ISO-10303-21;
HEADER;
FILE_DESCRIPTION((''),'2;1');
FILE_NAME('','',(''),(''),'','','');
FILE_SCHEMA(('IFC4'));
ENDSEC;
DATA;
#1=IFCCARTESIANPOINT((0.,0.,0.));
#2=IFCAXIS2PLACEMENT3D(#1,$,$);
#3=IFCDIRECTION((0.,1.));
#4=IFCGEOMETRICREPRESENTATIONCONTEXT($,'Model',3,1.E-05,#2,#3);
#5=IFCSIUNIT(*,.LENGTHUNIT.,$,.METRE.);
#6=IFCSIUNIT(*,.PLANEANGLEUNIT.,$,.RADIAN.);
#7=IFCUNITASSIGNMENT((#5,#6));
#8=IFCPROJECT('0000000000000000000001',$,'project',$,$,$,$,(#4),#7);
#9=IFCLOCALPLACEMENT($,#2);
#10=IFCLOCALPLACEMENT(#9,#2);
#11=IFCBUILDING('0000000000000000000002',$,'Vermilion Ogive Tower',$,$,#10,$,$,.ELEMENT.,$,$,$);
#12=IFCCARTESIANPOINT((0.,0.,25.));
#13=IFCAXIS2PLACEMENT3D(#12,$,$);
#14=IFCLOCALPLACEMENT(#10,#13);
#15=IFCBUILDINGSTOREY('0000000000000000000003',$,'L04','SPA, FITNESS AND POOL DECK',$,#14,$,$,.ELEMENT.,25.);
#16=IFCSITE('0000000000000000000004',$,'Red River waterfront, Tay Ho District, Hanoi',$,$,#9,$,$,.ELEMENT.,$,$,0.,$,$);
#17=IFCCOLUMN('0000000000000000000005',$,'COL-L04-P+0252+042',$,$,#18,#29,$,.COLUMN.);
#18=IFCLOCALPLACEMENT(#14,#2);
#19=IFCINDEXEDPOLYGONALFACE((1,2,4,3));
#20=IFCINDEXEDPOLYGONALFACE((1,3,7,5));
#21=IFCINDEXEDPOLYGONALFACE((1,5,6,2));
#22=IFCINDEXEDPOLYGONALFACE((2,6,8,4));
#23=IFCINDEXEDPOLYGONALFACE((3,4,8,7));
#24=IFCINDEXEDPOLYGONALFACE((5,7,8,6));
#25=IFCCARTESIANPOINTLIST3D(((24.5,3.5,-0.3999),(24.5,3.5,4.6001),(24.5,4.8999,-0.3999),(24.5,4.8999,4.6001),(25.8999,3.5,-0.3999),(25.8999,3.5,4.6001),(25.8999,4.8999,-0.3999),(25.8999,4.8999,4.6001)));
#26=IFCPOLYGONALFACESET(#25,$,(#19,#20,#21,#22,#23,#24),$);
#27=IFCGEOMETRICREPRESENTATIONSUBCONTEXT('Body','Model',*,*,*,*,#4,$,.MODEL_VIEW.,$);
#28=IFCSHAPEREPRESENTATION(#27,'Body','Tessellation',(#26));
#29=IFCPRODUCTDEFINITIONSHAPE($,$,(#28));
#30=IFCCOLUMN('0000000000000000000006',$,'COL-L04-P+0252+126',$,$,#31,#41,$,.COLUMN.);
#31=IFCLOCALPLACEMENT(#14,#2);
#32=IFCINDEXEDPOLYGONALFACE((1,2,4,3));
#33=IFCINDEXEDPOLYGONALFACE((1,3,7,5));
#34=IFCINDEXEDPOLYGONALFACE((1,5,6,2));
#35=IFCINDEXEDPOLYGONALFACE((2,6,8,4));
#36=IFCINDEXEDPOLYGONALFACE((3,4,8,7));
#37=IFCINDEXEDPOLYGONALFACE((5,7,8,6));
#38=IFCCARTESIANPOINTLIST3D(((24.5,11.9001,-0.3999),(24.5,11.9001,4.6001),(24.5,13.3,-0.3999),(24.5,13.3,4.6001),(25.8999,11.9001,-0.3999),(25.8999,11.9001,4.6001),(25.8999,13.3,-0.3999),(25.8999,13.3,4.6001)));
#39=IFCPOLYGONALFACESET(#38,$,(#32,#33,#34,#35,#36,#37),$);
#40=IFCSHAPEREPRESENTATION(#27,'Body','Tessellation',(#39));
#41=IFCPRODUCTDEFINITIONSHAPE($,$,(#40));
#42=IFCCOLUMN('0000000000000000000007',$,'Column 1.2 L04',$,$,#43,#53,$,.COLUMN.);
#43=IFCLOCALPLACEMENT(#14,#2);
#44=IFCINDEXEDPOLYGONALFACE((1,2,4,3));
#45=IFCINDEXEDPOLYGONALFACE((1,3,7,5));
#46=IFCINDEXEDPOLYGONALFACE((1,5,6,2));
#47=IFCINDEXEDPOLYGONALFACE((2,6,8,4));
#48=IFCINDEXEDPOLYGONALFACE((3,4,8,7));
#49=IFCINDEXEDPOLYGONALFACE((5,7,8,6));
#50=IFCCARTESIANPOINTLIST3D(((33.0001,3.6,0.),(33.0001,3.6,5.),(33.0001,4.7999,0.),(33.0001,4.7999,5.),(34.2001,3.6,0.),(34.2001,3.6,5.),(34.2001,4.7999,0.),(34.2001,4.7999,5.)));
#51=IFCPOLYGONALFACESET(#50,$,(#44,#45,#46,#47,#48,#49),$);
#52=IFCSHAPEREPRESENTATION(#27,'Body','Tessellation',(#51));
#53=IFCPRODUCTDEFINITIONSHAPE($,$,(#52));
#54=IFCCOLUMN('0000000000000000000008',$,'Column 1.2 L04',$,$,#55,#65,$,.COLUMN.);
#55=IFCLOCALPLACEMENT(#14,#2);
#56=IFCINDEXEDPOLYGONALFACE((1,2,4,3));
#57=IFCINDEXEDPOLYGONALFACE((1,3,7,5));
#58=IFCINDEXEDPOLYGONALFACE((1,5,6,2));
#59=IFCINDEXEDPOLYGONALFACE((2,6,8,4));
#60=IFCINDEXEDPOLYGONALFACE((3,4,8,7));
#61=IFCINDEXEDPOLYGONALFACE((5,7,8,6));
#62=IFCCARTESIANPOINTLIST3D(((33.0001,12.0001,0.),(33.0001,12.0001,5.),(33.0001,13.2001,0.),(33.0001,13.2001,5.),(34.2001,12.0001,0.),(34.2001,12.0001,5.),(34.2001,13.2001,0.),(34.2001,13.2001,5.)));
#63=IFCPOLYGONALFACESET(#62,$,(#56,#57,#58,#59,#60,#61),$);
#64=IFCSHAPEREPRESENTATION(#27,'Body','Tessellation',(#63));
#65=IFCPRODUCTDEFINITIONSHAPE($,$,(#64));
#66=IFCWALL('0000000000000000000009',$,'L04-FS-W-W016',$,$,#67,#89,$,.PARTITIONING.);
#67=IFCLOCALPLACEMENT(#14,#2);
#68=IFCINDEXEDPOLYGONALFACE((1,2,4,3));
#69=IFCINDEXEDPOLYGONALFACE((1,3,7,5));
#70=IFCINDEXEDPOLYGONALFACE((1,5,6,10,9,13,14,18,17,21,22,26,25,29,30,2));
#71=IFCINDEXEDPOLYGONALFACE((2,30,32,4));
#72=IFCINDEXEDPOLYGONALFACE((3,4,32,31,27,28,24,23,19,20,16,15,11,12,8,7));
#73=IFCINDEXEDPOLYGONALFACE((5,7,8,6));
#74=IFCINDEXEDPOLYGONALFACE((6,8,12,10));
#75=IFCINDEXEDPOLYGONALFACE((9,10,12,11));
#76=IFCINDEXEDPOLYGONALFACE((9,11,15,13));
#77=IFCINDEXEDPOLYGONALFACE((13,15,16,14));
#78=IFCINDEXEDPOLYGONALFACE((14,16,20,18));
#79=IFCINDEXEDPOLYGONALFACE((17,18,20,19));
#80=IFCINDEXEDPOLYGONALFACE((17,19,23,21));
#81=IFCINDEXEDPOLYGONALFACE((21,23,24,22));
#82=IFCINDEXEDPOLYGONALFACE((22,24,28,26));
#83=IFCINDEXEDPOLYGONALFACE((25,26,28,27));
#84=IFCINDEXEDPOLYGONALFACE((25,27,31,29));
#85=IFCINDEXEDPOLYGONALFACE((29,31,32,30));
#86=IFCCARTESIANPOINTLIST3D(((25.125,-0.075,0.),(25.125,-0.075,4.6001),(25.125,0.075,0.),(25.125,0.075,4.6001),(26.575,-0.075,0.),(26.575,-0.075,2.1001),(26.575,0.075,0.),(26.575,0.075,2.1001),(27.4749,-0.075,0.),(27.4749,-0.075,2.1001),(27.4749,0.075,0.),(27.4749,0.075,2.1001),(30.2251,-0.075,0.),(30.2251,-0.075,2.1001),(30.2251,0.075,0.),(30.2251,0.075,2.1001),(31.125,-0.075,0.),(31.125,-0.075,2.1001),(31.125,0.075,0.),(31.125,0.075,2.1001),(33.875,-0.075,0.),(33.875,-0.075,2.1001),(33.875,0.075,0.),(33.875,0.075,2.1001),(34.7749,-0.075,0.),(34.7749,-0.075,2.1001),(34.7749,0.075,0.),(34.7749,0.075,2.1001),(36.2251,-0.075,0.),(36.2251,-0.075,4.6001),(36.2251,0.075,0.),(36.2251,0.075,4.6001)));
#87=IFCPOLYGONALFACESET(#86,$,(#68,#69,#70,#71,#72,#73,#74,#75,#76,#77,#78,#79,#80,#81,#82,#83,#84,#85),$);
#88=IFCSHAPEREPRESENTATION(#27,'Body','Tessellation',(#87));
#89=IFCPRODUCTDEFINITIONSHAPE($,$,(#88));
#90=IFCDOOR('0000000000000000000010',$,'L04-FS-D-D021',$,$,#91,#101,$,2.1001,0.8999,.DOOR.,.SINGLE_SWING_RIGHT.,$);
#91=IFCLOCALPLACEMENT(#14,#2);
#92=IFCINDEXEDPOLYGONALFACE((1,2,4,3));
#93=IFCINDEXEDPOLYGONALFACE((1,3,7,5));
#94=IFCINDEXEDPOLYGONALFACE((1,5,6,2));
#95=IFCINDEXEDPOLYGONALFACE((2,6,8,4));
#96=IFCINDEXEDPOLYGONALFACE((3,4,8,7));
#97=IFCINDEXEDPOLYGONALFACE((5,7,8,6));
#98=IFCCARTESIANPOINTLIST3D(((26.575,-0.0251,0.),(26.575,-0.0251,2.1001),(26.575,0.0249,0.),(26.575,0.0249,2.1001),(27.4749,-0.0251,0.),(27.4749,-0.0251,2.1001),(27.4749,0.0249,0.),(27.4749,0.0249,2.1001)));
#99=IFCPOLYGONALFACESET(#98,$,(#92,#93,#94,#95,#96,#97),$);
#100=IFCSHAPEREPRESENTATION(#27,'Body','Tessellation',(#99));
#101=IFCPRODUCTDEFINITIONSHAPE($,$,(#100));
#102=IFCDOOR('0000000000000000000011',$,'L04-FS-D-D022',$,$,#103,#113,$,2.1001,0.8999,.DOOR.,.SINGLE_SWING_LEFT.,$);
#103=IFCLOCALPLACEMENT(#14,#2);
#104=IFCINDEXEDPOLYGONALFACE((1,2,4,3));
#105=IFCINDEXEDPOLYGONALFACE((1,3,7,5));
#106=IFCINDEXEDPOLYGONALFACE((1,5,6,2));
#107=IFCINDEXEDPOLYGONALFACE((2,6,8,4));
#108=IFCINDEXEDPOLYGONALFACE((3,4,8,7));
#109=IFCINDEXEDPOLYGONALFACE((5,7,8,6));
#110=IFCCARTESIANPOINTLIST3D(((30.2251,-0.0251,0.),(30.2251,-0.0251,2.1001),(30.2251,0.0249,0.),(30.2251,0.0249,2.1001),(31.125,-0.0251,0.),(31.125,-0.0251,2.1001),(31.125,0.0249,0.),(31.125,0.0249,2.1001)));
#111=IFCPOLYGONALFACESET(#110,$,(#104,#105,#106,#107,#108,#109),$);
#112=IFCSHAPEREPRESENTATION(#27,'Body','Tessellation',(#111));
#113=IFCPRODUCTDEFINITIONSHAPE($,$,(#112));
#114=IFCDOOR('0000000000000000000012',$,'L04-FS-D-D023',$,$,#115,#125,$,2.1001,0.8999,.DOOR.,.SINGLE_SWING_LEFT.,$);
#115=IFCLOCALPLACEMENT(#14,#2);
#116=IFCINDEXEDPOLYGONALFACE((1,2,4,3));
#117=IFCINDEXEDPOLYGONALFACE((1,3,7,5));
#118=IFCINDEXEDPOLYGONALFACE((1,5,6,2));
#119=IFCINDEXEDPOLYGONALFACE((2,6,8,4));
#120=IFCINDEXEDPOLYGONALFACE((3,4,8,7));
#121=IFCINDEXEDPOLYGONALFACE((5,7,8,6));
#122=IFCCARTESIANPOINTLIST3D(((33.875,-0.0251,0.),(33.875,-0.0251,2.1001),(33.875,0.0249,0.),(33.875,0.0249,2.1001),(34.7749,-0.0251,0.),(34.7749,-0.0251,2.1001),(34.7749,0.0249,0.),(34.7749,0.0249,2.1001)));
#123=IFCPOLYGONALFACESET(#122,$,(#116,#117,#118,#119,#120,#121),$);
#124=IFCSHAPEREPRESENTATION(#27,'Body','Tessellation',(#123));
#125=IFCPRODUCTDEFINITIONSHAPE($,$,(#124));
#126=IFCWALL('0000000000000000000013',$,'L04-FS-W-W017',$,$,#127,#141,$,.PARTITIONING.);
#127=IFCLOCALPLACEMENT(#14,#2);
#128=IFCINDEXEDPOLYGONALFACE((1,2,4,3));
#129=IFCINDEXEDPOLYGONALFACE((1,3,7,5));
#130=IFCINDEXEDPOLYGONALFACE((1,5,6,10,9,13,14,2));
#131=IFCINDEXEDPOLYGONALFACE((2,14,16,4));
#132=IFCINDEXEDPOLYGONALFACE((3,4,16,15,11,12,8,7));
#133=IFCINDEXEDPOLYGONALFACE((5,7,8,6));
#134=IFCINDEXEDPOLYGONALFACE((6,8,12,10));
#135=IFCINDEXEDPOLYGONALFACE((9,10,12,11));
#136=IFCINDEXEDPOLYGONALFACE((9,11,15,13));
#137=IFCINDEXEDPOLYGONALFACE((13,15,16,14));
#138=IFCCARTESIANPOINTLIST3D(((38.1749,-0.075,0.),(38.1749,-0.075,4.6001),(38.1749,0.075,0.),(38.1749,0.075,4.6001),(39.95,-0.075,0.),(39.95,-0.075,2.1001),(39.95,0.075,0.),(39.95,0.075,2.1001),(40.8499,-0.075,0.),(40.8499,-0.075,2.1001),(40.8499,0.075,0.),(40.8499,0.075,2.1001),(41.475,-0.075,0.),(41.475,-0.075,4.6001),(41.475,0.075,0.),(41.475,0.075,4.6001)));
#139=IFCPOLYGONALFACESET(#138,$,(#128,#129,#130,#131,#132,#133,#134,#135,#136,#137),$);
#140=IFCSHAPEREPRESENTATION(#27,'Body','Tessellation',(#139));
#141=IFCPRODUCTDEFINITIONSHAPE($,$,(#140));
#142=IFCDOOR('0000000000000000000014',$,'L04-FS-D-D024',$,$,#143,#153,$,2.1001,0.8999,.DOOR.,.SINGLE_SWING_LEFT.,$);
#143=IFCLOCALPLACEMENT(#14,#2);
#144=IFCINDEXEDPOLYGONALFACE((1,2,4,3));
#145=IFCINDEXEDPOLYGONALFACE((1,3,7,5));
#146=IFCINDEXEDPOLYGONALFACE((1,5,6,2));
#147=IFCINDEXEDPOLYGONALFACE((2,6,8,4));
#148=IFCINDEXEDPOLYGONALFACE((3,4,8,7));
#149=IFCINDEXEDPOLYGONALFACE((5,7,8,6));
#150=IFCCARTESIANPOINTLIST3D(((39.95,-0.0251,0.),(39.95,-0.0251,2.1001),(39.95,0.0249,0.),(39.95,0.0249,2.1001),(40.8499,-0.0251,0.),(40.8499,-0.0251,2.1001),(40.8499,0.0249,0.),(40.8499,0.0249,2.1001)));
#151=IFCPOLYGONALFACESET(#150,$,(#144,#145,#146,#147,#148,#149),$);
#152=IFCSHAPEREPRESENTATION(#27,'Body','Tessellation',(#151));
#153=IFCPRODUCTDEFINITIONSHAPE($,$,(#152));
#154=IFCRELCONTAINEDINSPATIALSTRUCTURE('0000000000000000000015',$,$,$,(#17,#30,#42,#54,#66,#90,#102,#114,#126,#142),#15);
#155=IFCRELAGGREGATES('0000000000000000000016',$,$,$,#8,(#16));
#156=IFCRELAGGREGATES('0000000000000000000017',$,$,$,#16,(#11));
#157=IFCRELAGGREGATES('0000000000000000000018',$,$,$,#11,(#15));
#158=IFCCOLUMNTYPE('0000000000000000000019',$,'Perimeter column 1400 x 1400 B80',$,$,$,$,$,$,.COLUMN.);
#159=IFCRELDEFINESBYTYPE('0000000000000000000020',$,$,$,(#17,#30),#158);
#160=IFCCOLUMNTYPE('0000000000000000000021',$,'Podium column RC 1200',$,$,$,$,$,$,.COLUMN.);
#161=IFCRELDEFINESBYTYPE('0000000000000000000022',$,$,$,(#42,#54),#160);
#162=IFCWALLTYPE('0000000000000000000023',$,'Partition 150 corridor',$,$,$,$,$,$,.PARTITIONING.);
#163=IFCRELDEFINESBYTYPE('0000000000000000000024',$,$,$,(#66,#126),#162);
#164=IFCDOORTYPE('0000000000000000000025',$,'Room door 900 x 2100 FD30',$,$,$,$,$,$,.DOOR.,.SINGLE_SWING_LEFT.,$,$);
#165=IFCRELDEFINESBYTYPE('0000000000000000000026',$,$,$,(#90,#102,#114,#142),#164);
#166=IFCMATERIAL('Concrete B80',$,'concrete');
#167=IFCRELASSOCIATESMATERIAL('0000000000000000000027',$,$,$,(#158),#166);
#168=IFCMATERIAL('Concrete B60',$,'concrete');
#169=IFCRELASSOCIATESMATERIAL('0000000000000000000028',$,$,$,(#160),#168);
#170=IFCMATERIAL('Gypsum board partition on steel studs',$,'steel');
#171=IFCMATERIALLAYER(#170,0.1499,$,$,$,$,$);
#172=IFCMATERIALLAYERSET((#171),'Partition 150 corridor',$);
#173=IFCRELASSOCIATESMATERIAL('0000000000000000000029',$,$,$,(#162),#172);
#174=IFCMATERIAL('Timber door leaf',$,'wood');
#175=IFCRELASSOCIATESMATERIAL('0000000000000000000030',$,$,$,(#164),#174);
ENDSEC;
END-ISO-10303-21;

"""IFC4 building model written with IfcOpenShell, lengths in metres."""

from ifc_helpers import new_model, si_unit, direction, frame, frame_2d, origin, origin_2d, place, context, subcontext, project, spatial, rectangle, extrude, material, layer, layer_set, material_profile, profile_set, type_object, element, fill, save


model = new_model("IFC4")

# Units and contexts
model_context = context("Model", 3, precision=1e-05, world=origin(), true_north=direction((0.0, 1.0)))
body_context = subcontext(model_context, "Body", "Model", "MODEL_VIEW")
ifc_project = project(units=[si_unit("LENGTHUNIT", "METRE"), si_unit("PLANEANGLEUNIT", "RADIAN")], contexts=[model_context])

# Site, building, storey
site_placement = place(None, origin())
site = spatial("IfcSite", under=ifc_project, at=site_placement, Name="Red River waterfront, Tay Ho District, Hanoi", CompositionType="ELEMENT", RefElevation=0.0)
building_placement = place(site_placement, origin())
building = spatial("IfcBuilding", under=site, at=building_placement, Name="Vermilion Ogive Tower", CompositionType="ELEMENT")
storey_placement = place(building_placement, frame((0.0, 0.0, 25.0)))
storey = spatial("IfcBuildingStorey", under=building, at=storey_placement, Name="L04", Description="SPA, FITNESS AND POOL DECK", CompositionType="ELEMENT", Elevation=25.0)

# Columns
ifc_material_1 = material(Name="Concrete B80", Category="concrete")
ifc_material_profile_1 = material_profile(ifc_material_1, rectangle(XDim=1.3999, YDim=1.3999, at=origin_2d()), Name="1400 x 1400")
ifc_profile_set_1 = profile_set([ifc_material_profile_1], Name="Concrete B80")
column_type_1 = type_object("IfcColumnType", Name="Perimeter column 1400 x 1400 B80", PredefinedType="COLUMN", material=ifc_profile_set_1)
for number, where, z_axis, x_axis, name in (
    (1, (25.2, 4.2, -0.3999), (0.0, 0.0, 1.0), (1.0, 0.0, 0.0), "COL-L04-P+0252+042"),
    (2, (25.2, 12.6001, -0.3999), (0.0, 0.0, 1.0), (1.0, 0.0, 0.0), "COL-L04-P+0252+126"),
):
    element("IfcColumn", number, at=place(storey_placement, frame(where, z_axis=z_axis, x_axis=x_axis)), inside=storey, type_object=column_type_1, Name=name, PredefinedType="COLUMN", context=body_context, shape_type="SweptSolid", body=[
        extrude(rectangle(XDim=1.3999, YDim=1.3999, at=origin_2d()), origin(), (0.0, 0.0, 1.0), 5.0),
    ])
ifc_material_2 = material(Name="Concrete B60", Category="concrete")
ifc_material_profile_2 = material_profile(ifc_material_2, rectangle(XDim=1.2, YDim=1.2, at=origin_2d()), Name="RC 1200x1200")
ifc_profile_set_2 = profile_set([ifc_material_profile_2], Name="Concrete B60")
column_type_2 = type_object("IfcColumnType", Name="Podium column RC 1200", PredefinedType="COLUMN", material=ifc_profile_set_2)
for number, where, z_axis, x_axis, name in (
    (3, (33.6001, 4.2, 0.0), (0.0, 0.0, 1.0), (1.0, 0.0, 0.0), "Column 1.2 L04"),
    (4, (33.6001, 12.6001, 0.0), (0.0, 0.0, 1.0), (1.0, 0.0, 0.0), "Column 1.2 L04"),
):
    element("IfcColumn", number, at=place(storey_placement, frame(where, z_axis=z_axis, x_axis=x_axis)), inside=storey, type_object=column_type_2, Name=name, PredefinedType="COLUMN", context=body_context, shape_type="SweptSolid", body=[
        extrude(rectangle(XDim=1.2, YDim=1.2, at=origin_2d()), origin(), (0.0, 0.0, 1.0), 5.0),
    ])

# Wall, openings, doors
ifc_material_3 = material(Name="Gypsum board partition on steel studs", Category="steel")
ifc_layer_1 = layer(ifc_material_3, 0.1499)
ifc_layer_set_1 = layer_set([ifc_layer_1], Name="Partition 150 corridor")
wall_type_1 = type_object("IfcWallType", Name="Partition 150 corridor", PredefinedType="PARTITIONING", material=ifc_layer_set_1)
wall_1_placement = place(storey_placement, frame((25.125, 0.0, 0.0), z_axis=(0.0, 0.0, 1.0), x_axis=(1.0, 0.0, 0.0)))
wall_1 = element("IfcWall", 5, at=wall_1_placement, inside=storey, type_object=wall_type_1, Name="L04-FS-W-W016", PredefinedType="PARTITIONING", context=body_context, shape_type="SweptSolid", body=[
    extrude(rectangle(XDim=11.1001, YDim=0.1499, at=frame_2d((5.55, 0.0))), origin(), (0.0, 0.0, 1.0), 4.6001),
])
opening_1_placement = place(wall_1_placement, frame((1.45, 0.0, 0.0)))
opening_1 = element("IfcOpeningElement", 6, at=opening_1_placement, cuts=wall_1, PredefinedType="OPENING", context=body_context, shape_type="SweptSolid", body=[
    extrude(rectangle(XDim=0.8999, YDim=2.1001, at=frame_2d((0.45, 1.05))), frame((0.0, 0.085, 0.0), z_axis=(0.0, -1.0, 0.0), x_axis=(1.0, 0.0, 0.0)), (0.0, 0.0, 1.0), 0.1699),
])
opening_2_placement = place(wall_1_placement, frame((5.1001, 0.0, 0.0)))
opening_2 = element("IfcOpeningElement", 7, at=opening_2_placement, cuts=wall_1, PredefinedType="OPENING", context=body_context, shape_type="SweptSolid", body=[
    extrude(rectangle(XDim=0.8999, YDim=2.1001, at=frame_2d((0.45, 1.05))), frame((0.0, 0.085, 0.0), z_axis=(0.0, -1.0, 0.0), x_axis=(1.0, 0.0, 0.0)), (0.0, 0.0, 1.0), 0.1699),
])
opening_3_placement = place(wall_1_placement, frame((8.75, 0.0, 0.0)))
opening_3 = element("IfcOpeningElement", 8, at=opening_3_placement, cuts=wall_1, PredefinedType="OPENING", context=body_context, shape_type="SweptSolid", body=[
    extrude(rectangle(XDim=0.8999, YDim=2.1001, at=frame_2d((0.45, 1.05))), frame((0.0, 0.085, 0.0), z_axis=(0.0, -1.0, 0.0), x_axis=(1.0, 0.0, 0.0)), (0.0, 0.0, 1.0), 0.1699),
])
ifc_material_4 = material(Name="Timber door leaf", Category="wood")
door_type = type_object("IfcDoorType", Name="Room door 900 x 2100 FD30", OperationType="SINGLE_SWING_LEFT", PredefinedType="DOOR", material=ifc_material_4)
door_1_placement = place(opening_1_placement, origin())
door_1 = element("IfcDoor", 9, at=door_1_placement, inside=storey, type_object=door_type, Name="L04-FS-D-D021", OperationType="SINGLE_SWING_RIGHT", OverallHeight=2.1001, OverallWidth=0.8999, PredefinedType="DOOR", context=body_context, shape_type="SweptSolid", body=[
    extrude(rectangle(XDim=0.8999, YDim=2.1001, at=frame_2d((0.45, 1.05))), frame((0.0, 0.0249, 0.0), z_axis=(0.0, -1.0, 0.0), x_axis=(1.0, 0.0, 0.0)), (0.0, 0.0, 1.0), 0.05),
])
fill(opening_1, door_1)
door_2_placement = place(opening_2_placement, origin())
door_2 = element("IfcDoor", 10, at=door_2_placement, inside=storey, type_object=door_type, Name="L04-FS-D-D022", OperationType="SINGLE_SWING_LEFT", OverallHeight=2.1001, OverallWidth=0.8999, PredefinedType="DOOR", context=body_context, shape_type="SweptSolid", body=[
    extrude(rectangle(XDim=0.8999, YDim=2.1001, at=frame_2d((0.45, 1.05))), frame((0.0, 0.0249, 0.0), z_axis=(0.0, -1.0, 0.0), x_axis=(1.0, 0.0, 0.0)), (0.0, 0.0, 1.0), 0.05),
])
fill(opening_2, door_2)
door_3_placement = place(opening_3_placement, origin())
door_3 = element("IfcDoor", 11, at=door_3_placement, inside=storey, type_object=door_type, Name="L04-FS-D-D023", OperationType="SINGLE_SWING_LEFT", OverallHeight=2.1001, OverallWidth=0.8999, PredefinedType="DOOR", context=body_context, shape_type="SweptSolid", body=[
    extrude(rectangle(XDim=0.8999, YDim=2.1001, at=frame_2d((0.45, 1.05))), frame((0.0, 0.0249, 0.0), z_axis=(0.0, -1.0, 0.0), x_axis=(1.0, 0.0, 0.0)), (0.0, 0.0, 1.0), 0.05),
])
fill(opening_3, door_3)

# Wall, opening, door
wall_2_placement = place(storey_placement, frame((38.175, 0.0, 0.0), z_axis=(0.0, 0.0, 1.0), x_axis=(1.0, 0.0, 0.0)))
wall_2 = element("IfcWall", 12, at=wall_2_placement, inside=storey, type_object=wall_type_1, Name="L04-FS-W-W017", PredefinedType="PARTITIONING", context=body_context, shape_type="SweptSolid", body=[
    extrude(rectangle(XDim=3.3, YDim=0.1499, at=frame_2d((1.6499, 0.0))), origin(), (0.0, 0.0, 1.0), 4.6001),
])
opening_4_placement = place(wall_2_placement, frame((1.7749, 0.0, 0.0)))
opening_4 = element("IfcOpeningElement", 13, at=opening_4_placement, cuts=wall_2, PredefinedType="OPENING", context=body_context, shape_type="SweptSolid", body=[
    extrude(rectangle(XDim=0.8999, YDim=2.1001, at=frame_2d((0.45, 1.05))), frame((0.0, 0.085, 0.0), z_axis=(0.0, -1.0, 0.0), x_axis=(1.0, 0.0, 0.0)), (0.0, 0.0, 1.0), 0.1699),
])
door_4_placement = place(opening_4_placement, origin())
door_4 = element("IfcDoor", 14, at=door_4_placement, inside=storey, type_object=door_type, Name="L04-FS-D-D024", OperationType="SINGLE_SWING_LEFT", OverallHeight=2.1001, OverallWidth=0.8999, PredefinedType="DOOR", context=body_context, shape_type="SweptSolid", body=[
    extrude(rectangle(XDim=0.8999, YDim=2.1001, at=frame_2d((0.45, 1.05))), frame((0.0, 0.0249, 0.0), z_axis=(0.0, -1.0, 0.0), x_axis=(1.0, 0.0, 0.0)), (0.0, 0.0, 1.0), 0.05),
])
fill(opening_4, door_4)

save(model, "model.ifc")
